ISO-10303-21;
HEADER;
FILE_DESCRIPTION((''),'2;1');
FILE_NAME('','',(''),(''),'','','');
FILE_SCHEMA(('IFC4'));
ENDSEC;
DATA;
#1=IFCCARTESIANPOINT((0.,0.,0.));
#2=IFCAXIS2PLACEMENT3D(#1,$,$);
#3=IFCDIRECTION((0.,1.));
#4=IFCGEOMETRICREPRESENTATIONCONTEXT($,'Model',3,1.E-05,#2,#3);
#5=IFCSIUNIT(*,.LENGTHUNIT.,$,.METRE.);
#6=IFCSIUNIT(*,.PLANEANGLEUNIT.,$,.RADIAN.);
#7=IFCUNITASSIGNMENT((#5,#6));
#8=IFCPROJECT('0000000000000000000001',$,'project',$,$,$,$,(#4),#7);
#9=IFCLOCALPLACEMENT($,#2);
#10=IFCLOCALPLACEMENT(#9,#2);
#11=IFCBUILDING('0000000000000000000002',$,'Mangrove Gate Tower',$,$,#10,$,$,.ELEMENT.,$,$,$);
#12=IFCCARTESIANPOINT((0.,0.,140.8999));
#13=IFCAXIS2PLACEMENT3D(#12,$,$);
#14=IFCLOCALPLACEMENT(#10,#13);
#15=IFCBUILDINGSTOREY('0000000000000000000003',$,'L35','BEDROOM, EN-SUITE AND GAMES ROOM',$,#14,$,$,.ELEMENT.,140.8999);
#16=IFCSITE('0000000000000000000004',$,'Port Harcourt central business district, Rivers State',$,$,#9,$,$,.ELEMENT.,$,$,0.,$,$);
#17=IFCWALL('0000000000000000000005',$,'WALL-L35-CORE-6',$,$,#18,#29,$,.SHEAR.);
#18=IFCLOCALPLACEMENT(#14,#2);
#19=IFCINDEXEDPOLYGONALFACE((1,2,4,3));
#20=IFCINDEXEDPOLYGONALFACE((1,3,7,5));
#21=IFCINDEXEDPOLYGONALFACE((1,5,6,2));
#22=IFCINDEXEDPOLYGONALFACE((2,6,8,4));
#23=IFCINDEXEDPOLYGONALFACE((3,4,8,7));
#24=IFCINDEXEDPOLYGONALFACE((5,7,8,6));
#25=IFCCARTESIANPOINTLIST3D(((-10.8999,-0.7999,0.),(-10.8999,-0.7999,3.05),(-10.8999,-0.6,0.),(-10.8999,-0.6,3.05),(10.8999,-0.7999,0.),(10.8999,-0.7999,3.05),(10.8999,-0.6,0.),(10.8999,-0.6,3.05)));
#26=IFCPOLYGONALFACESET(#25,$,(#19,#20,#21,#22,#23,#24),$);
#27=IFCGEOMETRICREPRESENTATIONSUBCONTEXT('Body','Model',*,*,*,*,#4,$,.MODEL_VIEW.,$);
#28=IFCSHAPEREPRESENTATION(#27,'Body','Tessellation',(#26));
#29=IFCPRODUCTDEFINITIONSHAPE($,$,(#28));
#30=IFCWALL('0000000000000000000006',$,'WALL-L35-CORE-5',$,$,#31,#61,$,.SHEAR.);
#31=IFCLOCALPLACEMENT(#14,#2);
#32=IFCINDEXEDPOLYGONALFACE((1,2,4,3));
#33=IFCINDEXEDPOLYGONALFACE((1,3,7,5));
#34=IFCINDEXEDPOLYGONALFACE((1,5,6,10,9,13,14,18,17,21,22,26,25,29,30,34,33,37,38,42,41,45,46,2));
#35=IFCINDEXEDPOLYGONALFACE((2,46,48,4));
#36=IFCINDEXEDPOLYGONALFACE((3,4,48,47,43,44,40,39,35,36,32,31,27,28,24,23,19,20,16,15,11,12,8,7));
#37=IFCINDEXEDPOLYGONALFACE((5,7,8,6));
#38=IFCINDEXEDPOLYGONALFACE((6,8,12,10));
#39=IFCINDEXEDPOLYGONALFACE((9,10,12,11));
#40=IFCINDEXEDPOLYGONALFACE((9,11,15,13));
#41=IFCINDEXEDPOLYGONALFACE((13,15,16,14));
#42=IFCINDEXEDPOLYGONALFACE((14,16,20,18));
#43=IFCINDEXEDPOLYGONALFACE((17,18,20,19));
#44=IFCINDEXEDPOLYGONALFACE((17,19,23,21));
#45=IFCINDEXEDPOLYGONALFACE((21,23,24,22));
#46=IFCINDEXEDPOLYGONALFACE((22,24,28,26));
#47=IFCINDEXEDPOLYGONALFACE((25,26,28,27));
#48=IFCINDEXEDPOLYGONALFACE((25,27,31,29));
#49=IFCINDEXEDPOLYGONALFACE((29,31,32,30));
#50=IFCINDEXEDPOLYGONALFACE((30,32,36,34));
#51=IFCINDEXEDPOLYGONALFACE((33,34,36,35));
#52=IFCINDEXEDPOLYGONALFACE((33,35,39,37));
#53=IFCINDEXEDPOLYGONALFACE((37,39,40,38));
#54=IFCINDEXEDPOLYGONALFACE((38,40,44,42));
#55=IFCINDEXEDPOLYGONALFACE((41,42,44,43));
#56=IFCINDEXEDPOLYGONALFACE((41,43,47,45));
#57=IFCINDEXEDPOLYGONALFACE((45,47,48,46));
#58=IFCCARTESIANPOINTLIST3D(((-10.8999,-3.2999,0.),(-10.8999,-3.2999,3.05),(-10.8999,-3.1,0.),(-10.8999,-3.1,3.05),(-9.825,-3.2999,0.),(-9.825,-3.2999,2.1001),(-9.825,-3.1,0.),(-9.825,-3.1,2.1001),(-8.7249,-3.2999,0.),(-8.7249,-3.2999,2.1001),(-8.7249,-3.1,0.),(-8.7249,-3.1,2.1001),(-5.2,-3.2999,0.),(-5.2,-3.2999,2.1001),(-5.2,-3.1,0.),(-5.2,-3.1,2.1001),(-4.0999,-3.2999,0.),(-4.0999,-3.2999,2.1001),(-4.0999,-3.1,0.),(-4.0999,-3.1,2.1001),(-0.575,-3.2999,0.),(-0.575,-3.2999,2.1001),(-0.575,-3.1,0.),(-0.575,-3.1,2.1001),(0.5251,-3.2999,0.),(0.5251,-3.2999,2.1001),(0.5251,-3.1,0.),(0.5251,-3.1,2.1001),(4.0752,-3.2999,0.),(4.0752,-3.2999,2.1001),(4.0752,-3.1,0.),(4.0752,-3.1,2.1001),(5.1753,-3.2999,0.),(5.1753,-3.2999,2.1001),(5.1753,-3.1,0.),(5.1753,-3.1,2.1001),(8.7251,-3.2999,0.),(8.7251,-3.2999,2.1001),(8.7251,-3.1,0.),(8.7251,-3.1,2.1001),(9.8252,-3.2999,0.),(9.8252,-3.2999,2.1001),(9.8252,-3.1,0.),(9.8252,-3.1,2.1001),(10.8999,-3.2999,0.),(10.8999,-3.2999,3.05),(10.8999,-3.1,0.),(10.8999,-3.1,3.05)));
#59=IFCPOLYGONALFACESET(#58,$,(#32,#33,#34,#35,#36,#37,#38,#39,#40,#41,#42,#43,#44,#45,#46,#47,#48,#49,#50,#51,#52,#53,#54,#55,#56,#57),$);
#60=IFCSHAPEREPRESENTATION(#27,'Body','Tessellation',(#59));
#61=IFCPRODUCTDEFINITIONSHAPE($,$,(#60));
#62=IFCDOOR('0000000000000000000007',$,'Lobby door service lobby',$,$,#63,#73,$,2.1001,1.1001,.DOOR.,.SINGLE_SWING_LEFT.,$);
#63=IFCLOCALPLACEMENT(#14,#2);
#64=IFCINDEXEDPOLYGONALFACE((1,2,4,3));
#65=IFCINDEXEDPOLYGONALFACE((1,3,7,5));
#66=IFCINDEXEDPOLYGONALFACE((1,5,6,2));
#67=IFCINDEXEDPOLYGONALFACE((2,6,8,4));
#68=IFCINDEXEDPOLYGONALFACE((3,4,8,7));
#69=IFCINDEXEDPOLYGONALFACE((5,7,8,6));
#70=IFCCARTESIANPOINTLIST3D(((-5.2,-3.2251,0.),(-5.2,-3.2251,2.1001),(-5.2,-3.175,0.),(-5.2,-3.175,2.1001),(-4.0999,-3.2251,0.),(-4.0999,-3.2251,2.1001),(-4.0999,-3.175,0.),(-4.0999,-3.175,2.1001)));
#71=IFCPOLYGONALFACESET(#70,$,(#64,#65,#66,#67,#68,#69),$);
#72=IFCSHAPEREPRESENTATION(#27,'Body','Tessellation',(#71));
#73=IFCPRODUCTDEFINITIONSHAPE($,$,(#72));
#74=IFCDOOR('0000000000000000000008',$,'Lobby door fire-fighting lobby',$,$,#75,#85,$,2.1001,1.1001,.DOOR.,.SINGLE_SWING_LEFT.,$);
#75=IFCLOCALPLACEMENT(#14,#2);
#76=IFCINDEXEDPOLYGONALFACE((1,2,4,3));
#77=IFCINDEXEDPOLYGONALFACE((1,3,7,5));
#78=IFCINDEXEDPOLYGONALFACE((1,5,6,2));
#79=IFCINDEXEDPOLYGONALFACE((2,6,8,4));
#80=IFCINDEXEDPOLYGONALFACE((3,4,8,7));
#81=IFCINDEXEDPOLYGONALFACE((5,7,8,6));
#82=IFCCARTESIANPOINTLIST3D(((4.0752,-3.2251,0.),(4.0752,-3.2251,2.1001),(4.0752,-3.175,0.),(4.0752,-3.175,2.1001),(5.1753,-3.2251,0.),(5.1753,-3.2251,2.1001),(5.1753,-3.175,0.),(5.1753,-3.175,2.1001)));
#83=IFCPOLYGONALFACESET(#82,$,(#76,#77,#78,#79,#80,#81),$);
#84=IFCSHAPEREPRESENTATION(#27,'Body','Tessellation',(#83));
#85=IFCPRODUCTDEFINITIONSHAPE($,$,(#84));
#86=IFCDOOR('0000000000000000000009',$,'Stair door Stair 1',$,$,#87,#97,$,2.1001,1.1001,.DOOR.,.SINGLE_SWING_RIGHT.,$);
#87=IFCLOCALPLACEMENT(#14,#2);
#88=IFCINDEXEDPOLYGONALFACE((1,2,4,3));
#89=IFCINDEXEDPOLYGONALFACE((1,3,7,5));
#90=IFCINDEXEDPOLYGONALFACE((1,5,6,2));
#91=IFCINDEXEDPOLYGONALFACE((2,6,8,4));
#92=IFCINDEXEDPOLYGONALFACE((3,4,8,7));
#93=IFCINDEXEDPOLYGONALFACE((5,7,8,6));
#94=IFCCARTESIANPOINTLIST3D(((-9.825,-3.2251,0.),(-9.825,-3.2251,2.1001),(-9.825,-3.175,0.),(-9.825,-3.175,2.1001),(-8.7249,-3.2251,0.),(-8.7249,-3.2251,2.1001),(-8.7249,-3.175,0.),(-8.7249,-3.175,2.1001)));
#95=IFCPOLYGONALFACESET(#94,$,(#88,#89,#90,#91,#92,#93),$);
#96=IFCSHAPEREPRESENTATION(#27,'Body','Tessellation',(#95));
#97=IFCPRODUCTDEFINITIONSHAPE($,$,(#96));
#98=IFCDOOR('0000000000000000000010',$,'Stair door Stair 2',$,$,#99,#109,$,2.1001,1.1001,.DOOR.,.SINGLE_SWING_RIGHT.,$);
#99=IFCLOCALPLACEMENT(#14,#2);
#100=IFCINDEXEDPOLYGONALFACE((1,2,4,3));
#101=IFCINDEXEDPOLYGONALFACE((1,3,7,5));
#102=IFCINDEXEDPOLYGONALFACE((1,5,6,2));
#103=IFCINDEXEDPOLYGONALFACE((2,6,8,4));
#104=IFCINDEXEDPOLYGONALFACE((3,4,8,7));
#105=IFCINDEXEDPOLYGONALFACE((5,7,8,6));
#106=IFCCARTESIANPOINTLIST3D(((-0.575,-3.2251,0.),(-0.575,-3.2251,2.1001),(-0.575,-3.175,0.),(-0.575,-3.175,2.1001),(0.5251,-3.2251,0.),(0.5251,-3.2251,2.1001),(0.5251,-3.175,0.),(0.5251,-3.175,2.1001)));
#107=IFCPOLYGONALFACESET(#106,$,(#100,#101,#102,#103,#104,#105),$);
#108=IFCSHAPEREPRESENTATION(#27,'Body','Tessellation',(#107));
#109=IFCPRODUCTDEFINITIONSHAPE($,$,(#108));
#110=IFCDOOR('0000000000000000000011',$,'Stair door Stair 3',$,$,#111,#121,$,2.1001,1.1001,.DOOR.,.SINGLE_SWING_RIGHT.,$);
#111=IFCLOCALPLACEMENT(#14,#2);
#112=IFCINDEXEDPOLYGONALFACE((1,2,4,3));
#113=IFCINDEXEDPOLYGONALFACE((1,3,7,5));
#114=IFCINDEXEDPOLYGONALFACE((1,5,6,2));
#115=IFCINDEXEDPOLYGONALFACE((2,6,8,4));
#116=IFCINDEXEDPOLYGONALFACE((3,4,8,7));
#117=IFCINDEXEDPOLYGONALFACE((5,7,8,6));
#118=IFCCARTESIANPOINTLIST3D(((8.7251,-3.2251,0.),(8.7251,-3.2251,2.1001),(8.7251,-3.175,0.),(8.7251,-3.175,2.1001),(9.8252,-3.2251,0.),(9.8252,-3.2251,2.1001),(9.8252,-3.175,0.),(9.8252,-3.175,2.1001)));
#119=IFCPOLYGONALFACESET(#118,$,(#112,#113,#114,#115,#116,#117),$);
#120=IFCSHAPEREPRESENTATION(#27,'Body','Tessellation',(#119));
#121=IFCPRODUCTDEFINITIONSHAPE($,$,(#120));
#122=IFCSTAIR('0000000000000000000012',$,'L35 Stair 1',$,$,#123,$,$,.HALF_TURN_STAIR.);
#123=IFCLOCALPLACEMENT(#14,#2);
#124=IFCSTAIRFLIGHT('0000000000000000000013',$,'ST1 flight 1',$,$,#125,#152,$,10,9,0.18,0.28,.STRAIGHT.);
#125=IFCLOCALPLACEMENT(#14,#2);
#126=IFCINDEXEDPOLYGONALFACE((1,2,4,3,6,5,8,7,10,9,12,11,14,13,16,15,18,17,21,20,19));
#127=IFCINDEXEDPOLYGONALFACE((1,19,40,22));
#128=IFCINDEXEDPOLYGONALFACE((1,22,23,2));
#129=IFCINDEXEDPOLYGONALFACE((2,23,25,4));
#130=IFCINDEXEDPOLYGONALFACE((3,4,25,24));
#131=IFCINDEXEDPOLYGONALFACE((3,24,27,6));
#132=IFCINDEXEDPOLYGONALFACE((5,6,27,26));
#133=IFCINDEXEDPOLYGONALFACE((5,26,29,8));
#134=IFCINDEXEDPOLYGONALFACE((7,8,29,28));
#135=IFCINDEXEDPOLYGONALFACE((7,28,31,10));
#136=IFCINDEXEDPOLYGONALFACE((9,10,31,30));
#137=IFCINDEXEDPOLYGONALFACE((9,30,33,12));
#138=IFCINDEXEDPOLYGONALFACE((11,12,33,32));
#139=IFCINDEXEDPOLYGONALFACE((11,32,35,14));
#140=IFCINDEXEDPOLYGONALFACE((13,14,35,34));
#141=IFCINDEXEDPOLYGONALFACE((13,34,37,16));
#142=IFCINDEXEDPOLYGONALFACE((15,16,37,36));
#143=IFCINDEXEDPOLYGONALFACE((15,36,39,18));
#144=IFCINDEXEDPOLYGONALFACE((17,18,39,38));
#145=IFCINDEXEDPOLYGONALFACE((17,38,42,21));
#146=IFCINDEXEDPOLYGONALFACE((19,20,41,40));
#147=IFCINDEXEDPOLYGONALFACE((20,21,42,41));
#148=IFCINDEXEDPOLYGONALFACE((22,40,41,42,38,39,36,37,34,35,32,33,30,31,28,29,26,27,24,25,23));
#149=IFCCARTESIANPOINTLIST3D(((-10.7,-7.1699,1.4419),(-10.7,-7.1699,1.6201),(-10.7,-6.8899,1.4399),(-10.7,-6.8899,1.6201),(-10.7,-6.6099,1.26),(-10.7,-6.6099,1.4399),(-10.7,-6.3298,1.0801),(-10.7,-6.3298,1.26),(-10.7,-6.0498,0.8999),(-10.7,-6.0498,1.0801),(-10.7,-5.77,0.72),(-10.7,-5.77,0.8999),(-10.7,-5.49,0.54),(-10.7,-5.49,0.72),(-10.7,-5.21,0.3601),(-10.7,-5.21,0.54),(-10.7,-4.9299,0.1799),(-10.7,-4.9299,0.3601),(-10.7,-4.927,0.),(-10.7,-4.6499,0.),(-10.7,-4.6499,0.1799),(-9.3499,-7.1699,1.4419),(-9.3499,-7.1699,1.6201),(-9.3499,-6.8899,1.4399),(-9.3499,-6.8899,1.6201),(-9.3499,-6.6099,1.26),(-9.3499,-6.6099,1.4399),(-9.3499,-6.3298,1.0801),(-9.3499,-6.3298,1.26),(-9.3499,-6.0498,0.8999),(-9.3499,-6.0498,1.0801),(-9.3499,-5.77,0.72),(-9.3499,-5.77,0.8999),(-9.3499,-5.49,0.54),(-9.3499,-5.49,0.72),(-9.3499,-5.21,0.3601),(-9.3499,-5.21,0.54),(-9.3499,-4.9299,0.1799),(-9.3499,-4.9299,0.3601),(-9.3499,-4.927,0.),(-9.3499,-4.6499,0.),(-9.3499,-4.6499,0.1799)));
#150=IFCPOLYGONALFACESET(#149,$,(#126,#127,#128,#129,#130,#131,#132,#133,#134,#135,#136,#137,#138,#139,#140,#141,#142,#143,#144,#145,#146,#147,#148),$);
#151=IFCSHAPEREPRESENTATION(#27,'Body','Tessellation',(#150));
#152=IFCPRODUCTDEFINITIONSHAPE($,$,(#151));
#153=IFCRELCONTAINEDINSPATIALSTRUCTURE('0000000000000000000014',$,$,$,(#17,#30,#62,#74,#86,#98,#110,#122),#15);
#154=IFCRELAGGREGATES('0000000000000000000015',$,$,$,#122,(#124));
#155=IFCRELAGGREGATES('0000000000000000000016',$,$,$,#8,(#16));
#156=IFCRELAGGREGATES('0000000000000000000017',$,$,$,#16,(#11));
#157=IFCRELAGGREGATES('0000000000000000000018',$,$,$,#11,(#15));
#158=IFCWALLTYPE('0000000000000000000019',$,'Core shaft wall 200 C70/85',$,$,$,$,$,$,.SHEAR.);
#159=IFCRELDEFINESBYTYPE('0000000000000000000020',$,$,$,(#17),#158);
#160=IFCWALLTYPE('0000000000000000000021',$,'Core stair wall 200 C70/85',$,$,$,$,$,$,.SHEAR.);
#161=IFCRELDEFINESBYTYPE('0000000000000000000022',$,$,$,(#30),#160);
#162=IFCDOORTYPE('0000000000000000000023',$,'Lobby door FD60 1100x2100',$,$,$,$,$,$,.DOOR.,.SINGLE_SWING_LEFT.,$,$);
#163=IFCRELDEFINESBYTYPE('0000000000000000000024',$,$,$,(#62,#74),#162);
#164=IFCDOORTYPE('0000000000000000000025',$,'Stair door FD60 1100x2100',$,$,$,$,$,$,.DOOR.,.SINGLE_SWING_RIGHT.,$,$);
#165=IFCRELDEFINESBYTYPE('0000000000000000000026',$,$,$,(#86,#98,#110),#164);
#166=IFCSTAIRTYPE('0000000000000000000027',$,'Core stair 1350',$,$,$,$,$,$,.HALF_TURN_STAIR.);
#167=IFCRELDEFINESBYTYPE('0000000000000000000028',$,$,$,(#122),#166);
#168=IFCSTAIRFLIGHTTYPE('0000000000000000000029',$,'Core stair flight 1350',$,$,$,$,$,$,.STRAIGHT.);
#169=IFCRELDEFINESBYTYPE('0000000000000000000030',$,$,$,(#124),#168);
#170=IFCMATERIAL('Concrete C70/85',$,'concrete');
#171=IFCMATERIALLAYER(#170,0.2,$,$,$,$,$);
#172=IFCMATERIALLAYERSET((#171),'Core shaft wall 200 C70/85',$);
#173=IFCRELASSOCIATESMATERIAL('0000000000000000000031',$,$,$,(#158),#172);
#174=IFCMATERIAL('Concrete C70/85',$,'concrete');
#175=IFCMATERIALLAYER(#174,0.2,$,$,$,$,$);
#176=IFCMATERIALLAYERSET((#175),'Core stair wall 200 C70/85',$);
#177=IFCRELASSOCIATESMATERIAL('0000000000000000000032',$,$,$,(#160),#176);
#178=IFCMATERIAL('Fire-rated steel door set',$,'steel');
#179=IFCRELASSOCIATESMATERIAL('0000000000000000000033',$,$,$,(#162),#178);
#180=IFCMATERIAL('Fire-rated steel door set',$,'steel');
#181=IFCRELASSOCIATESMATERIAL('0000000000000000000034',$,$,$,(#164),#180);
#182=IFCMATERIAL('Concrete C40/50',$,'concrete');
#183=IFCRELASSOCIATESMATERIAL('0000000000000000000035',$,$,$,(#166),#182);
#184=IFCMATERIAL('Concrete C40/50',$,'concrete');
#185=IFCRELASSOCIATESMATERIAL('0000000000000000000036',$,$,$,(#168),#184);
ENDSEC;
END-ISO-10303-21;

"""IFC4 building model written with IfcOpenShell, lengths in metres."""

from ifc_helpers import new_model, si_unit, direction, frame, frame_2d, origin, place, context, subcontext, project, spatial, polyline, rectangle, outline, extrude, material, layer, layer_set, type_object, element, fill, aggregate, save


model = new_model("IFC4")

# Units and contexts
model_context = context("Model", 3, precision=1e-05, world=origin(), true_north=direction((0.0, 1.0)))
body_context = subcontext(model_context, "Body", "Model", "MODEL_VIEW")
ifc_project = project(units=[si_unit("LENGTHUNIT", "METRE"), si_unit("PLANEANGLEUNIT", "RADIAN")], contexts=[model_context])

# Site, building, storey
site_placement = place(None, origin())
site = spatial("IfcSite", under=ifc_project, at=site_placement, Name="Port Harcourt central business district, Rivers State", CompositionType="ELEMENT", RefElevation=0.0)
building_placement = place(site_placement, origin())
building = spatial("IfcBuilding", under=site, at=building_placement, Name="Mangrove Gate Tower", CompositionType="ELEMENT")
storey_placement = place(building_placement, frame((0.0, 0.0, 140.8999)))
storey = spatial("IfcBuildingStorey", under=building, at=storey_placement, Name="L35", Description="BEDROOM, EN-SUITE AND GAMES ROOM", CompositionType="ELEMENT", Elevation=140.8999)

# Wall
ifc_material_1 = material(Name="Concrete C70/85", Category="concrete")
ifc_layer_1 = layer(ifc_material_1, 0.2)
ifc_layer_set_1 = layer_set([ifc_layer_1], Name="Core shaft wall 200 C70/85")
wall_type_1 = type_object("IfcWallType", Name="Core shaft wall 200 C70/85", PredefinedType="SHEAR", material=ifc_layer_set_1)
wall_1_placement = place(storey_placement, frame((-10.8999, -0.7, 0.0), z_axis=(0.0, 0.0, 1.0), x_axis=(1.0, 0.0, 0.0)))
element("IfcWall", 1, at=wall_1_placement, inside=storey, type_object=wall_type_1, Name="WALL-L35-CORE-6", PredefinedType="SHEAR", context=body_context, shape_type="SweptSolid", body=[
    extrude(rectangle(XDim=21.7998, YDim=0.2, at=frame_2d((10.8999, 0.0))), origin(), (0.0, 0.0, 1.0), 3.05),
])

# Wall, openings, doors
ifc_material_2 = material(Name="Concrete C70/85", Category="concrete")
ifc_layer_2 = layer(ifc_material_2, 0.2)
ifc_layer_set_2 = layer_set([ifc_layer_2], Name="Core stair wall 200 C70/85")
wall_type_2 = type_object("IfcWallType", Name="Core stair wall 200 C70/85", PredefinedType="SHEAR", material=ifc_layer_set_2)
wall_2_placement = place(storey_placement, frame((-10.8999, -3.2, 0.0), z_axis=(0.0, 0.0, 1.0), x_axis=(1.0, 0.0, 0.0)))
wall_2 = element("IfcWall", 2, at=wall_2_placement, inside=storey, type_object=wall_type_2, Name="WALL-L35-CORE-5", PredefinedType="SHEAR", context=body_context, shape_type="SweptSolid", body=[
    extrude(rectangle(XDim=21.7998, YDim=0.2, at=frame_2d((10.8999, 0.0))), origin(), (0.0, 0.0, 1.0), 3.05),
])
opening_1_placement = place(wall_2_placement, frame((1.075, 0.0, 0.0)))
opening_1 = element("IfcOpeningElement", 3, at=opening_1_placement, cuts=wall_2, PredefinedType="OPENING", context=body_context, shape_type="SweptSolid", body=[
    extrude(rectangle(XDim=1.1001, YDim=2.1001, at=frame_2d((0.55, 1.05))), frame((0.0, 0.1099, 0.0), z_axis=(0.0, -1.0, 0.0), x_axis=(1.0, 0.0, 0.0)), (0.0, 0.0, 1.0), 0.22),
])
opening_2_placement = place(wall_2_placement, frame((10.325, 0.0, 0.0)))
opening_2 = element("IfcOpeningElement", 4, at=opening_2_placement, cuts=wall_2, PredefinedType="OPENING", context=body_context, shape_type="SweptSolid", body=[
    extrude(rectangle(XDim=1.1001, YDim=2.1001, at=frame_2d((0.55, 1.05))), frame((0.0, 0.1099, 0.0), z_axis=(0.0, -1.0, 0.0), x_axis=(1.0, 0.0, 0.0)), (0.0, 0.0, 1.0), 0.22),
])
opening_3_placement = place(wall_2_placement, frame((19.625, 0.0, 0.0)))
opening_3 = element("IfcOpeningElement", 5, at=opening_3_placement, cuts=wall_2, PredefinedType="OPENING", context=body_context, shape_type="SweptSolid", body=[
    extrude(rectangle(XDim=1.1001, YDim=2.1001, at=frame_2d((0.55, 1.05))), frame((0.0, 0.1099, 0.0), z_axis=(0.0, -1.0, 0.0), x_axis=(1.0, 0.0, 0.0)), (0.0, 0.0, 1.0), 0.22),
])
opening_4_placement = place(wall_2_placement, frame((5.7, 0.0, 0.0)))
opening_4 = element("IfcOpeningElement", 6, at=opening_4_placement, cuts=wall_2, PredefinedType="OPENING", context=body_context, shape_type="SweptSolid", body=[
    extrude(rectangle(XDim=1.1001, YDim=2.1001, at=frame_2d((0.55, 1.05))), frame((0.0, 0.1099, 0.0), z_axis=(0.0, -1.0, 0.0), x_axis=(1.0, 0.0, 0.0)), (0.0, 0.0, 1.0), 0.22),
])
opening_5_placement = place(wall_2_placement, frame((14.9751, 0.0, 0.0)))
opening_5 = element("IfcOpeningElement", 7, at=opening_5_placement, cuts=wall_2, PredefinedType="OPENING", context=body_context, shape_type="SweptSolid", body=[
    extrude(rectangle(XDim=1.1001, YDim=2.1001, at=frame_2d((0.55, 1.05))), frame((0.0, 0.1099, 0.0), z_axis=(0.0, -1.0, 0.0), x_axis=(1.0, 0.0, 0.0)), (0.0, 0.0, 1.0), 0.22),
])
ifc_material_3 = material(Name="Fire-rated steel door set", Category="steel")
door_type_1 = type_object("IfcDoorType", Name="Lobby door FD60 1100x2100", OperationType="SINGLE_SWING_LEFT", PredefinedType="DOOR", material=ifc_material_3)
door_1_placement = place(opening_4_placement, origin())
door_1 = element("IfcDoor", 8, at=door_1_placement, inside=storey, type_object=door_type_1, Name="Lobby door service lobby", OperationType="SINGLE_SWING_LEFT", OverallHeight=2.1001, OverallWidth=1.1001, PredefinedType="DOOR", context=body_context, shape_type="SweptSolid", body=[
    extrude(rectangle(XDim=1.1001, YDim=2.1001, at=frame_2d((0.55, 1.05))), frame((0.0, 0.0249, 0.0), z_axis=(0.0, -1.0, 0.0), x_axis=(1.0, 0.0, 0.0)), (0.0, 0.0, 1.0), 0.05),
])
fill(opening_4, door_1)
door_2_placement = place(opening_5_placement, origin())
door_2 = element("IfcDoor", 9, at=door_2_placement, inside=storey, type_object=door_type_1, Name="Lobby door fire-fighting lobby", OperationType="SINGLE_SWING_LEFT", OverallHeight=2.1001, OverallWidth=1.1001, PredefinedType="DOOR", context=body_context, shape_type="SweptSolid", body=[
    extrude(rectangle(XDim=1.1001, YDim=2.1001, at=frame_2d((0.55, 1.05))), frame((0.0, 0.0249, 0.0), z_axis=(0.0, -1.0, 0.0), x_axis=(1.0, 0.0, 0.0)), (0.0, 0.0, 1.0), 0.05),
])
fill(opening_5, door_2)
ifc_material_4 = material(Name="Fire-rated steel door set", Category="steel")
door_type_2 = type_object("IfcDoorType", Name="Stair door FD60 1100x2100", OperationType="SINGLE_SWING_RIGHT", PredefinedType="DOOR", material=ifc_material_4)
door_3_placement = place(opening_1_placement, origin())
door_3 = element("IfcDoor", 10, at=door_3_placement, inside=storey, type_object=door_type_2, Name="Stair door Stair 1", OperationType="SINGLE_SWING_RIGHT", OverallHeight=2.1001, OverallWidth=1.1001, PredefinedType="DOOR", context=body_context, shape_type="SweptSolid", body=[
    extrude(rectangle(XDim=1.1001, YDim=2.1001, at=frame_2d((0.55, 1.05))), frame((0.0, 0.0249, 0.0), z_axis=(0.0, -1.0, 0.0), x_axis=(1.0, 0.0, 0.0)), (0.0, 0.0, 1.0), 0.05),
])
fill(opening_1, door_3)
door_4_placement = place(opening_2_placement, origin())
door_4 = element("IfcDoor", 11, at=door_4_placement, inside=storey, type_object=door_type_2, Name="Stair door Stair 2", OperationType="SINGLE_SWING_RIGHT", OverallHeight=2.1001, OverallWidth=1.1001, PredefinedType="DOOR", context=body_context, shape_type="SweptSolid", body=[
    extrude(rectangle(XDim=1.1001, YDim=2.1001, at=frame_2d((0.55, 1.05))), frame((0.0, 0.0249, 0.0), z_axis=(0.0, -1.0, 0.0), x_axis=(1.0, 0.0, 0.0)), (0.0, 0.0, 1.0), 0.05),
])
fill(opening_2, door_4)
door_5_placement = place(opening_3_placement, origin())
door_5 = element("IfcDoor", 12, at=door_5_placement, inside=storey, type_object=door_type_2, Name="Stair door Stair 3", OperationType="SINGLE_SWING_RIGHT", OverallHeight=2.1001, OverallWidth=1.1001, PredefinedType="DOOR", context=body_context, shape_type="SweptSolid", body=[
    extrude(rectangle(XDim=1.1001, YDim=2.1001, at=frame_2d((0.55, 1.05))), frame((0.0, 0.0249, 0.0), z_axis=(0.0, -1.0, 0.0), x_axis=(1.0, 0.0, 0.0)), (0.0, 0.0, 1.0), 0.05),
])
fill(opening_3, door_5)

# Stair, stair flight
ifc_material_5 = material(Name="Concrete C40/50", Category="concrete")
stair_type = type_object("IfcStairType", Name="Core stair 1350", PredefinedType="HALF_TURN_STAIR", material=ifc_material_5)
stair_1_placement = place(storey_placement, origin())
stair_1 = element("IfcStair", 13, at=stair_1_placement, inside=storey, type_object=stair_type, Name="L35 Stair 1", PredefinedType="HALF_TURN_STAIR")
ifc_material_6 = material(Name="Concrete C40/50", Category="concrete")
stair_flight_type = type_object("IfcStairFlightType", Name="Core stair flight 1350", PredefinedType="STRAIGHT", material=ifc_material_6)
stair_flight_1_placement = place(storey_placement, frame((-10.0249, -4.6499, 0.0), z_axis=(0.0, 0.0, 1.0), x_axis=(0.0, -1.0, 0.0)))
stair_flight_1 = element("IfcStairFlight", 14, at=stair_flight_1_placement, type_object=stair_flight_type, Name="ST1 flight 1", NumberOfRisers=10, NumberOfTreads=9, PredefinedType="STRAIGHT", RiserHeight=0.18, TreadLength=0.28, context=body_context, shape_type="SweptSolid", body=[
    extrude(outline(polyline([(0.0, 0.0), (0.0, 0.1799), (0.28, 0.1799), (0.28, 0.3601), (0.5601, 0.3601), (0.5601, 0.54), (0.8401, 0.54), (0.8401, 0.72), (1.1201, 0.72), (1.1201, 0.8999), (1.3999, 0.8999), (1.3999, 1.0801), (1.6799, 1.0801), (1.6799, 1.26), (1.96, 1.26), (1.96, 1.4399), (2.24, 1.4399), (2.24, 1.6201), (2.52, 1.6201), (2.52, 1.8), (2.52, 1.4419), (0.2771, 0.0), (0.0, 0.0)])), frame((0.0, 0.675, 0.0), z_axis=(0.0, -1.0, 0.0), x_axis=(1.0, 0.0, 0.0)), (0.0, 0.0, 1.0), 1.3501),
])
aggregate(stair_1, [stair_flight_1])

save(model, "model.ifc")
